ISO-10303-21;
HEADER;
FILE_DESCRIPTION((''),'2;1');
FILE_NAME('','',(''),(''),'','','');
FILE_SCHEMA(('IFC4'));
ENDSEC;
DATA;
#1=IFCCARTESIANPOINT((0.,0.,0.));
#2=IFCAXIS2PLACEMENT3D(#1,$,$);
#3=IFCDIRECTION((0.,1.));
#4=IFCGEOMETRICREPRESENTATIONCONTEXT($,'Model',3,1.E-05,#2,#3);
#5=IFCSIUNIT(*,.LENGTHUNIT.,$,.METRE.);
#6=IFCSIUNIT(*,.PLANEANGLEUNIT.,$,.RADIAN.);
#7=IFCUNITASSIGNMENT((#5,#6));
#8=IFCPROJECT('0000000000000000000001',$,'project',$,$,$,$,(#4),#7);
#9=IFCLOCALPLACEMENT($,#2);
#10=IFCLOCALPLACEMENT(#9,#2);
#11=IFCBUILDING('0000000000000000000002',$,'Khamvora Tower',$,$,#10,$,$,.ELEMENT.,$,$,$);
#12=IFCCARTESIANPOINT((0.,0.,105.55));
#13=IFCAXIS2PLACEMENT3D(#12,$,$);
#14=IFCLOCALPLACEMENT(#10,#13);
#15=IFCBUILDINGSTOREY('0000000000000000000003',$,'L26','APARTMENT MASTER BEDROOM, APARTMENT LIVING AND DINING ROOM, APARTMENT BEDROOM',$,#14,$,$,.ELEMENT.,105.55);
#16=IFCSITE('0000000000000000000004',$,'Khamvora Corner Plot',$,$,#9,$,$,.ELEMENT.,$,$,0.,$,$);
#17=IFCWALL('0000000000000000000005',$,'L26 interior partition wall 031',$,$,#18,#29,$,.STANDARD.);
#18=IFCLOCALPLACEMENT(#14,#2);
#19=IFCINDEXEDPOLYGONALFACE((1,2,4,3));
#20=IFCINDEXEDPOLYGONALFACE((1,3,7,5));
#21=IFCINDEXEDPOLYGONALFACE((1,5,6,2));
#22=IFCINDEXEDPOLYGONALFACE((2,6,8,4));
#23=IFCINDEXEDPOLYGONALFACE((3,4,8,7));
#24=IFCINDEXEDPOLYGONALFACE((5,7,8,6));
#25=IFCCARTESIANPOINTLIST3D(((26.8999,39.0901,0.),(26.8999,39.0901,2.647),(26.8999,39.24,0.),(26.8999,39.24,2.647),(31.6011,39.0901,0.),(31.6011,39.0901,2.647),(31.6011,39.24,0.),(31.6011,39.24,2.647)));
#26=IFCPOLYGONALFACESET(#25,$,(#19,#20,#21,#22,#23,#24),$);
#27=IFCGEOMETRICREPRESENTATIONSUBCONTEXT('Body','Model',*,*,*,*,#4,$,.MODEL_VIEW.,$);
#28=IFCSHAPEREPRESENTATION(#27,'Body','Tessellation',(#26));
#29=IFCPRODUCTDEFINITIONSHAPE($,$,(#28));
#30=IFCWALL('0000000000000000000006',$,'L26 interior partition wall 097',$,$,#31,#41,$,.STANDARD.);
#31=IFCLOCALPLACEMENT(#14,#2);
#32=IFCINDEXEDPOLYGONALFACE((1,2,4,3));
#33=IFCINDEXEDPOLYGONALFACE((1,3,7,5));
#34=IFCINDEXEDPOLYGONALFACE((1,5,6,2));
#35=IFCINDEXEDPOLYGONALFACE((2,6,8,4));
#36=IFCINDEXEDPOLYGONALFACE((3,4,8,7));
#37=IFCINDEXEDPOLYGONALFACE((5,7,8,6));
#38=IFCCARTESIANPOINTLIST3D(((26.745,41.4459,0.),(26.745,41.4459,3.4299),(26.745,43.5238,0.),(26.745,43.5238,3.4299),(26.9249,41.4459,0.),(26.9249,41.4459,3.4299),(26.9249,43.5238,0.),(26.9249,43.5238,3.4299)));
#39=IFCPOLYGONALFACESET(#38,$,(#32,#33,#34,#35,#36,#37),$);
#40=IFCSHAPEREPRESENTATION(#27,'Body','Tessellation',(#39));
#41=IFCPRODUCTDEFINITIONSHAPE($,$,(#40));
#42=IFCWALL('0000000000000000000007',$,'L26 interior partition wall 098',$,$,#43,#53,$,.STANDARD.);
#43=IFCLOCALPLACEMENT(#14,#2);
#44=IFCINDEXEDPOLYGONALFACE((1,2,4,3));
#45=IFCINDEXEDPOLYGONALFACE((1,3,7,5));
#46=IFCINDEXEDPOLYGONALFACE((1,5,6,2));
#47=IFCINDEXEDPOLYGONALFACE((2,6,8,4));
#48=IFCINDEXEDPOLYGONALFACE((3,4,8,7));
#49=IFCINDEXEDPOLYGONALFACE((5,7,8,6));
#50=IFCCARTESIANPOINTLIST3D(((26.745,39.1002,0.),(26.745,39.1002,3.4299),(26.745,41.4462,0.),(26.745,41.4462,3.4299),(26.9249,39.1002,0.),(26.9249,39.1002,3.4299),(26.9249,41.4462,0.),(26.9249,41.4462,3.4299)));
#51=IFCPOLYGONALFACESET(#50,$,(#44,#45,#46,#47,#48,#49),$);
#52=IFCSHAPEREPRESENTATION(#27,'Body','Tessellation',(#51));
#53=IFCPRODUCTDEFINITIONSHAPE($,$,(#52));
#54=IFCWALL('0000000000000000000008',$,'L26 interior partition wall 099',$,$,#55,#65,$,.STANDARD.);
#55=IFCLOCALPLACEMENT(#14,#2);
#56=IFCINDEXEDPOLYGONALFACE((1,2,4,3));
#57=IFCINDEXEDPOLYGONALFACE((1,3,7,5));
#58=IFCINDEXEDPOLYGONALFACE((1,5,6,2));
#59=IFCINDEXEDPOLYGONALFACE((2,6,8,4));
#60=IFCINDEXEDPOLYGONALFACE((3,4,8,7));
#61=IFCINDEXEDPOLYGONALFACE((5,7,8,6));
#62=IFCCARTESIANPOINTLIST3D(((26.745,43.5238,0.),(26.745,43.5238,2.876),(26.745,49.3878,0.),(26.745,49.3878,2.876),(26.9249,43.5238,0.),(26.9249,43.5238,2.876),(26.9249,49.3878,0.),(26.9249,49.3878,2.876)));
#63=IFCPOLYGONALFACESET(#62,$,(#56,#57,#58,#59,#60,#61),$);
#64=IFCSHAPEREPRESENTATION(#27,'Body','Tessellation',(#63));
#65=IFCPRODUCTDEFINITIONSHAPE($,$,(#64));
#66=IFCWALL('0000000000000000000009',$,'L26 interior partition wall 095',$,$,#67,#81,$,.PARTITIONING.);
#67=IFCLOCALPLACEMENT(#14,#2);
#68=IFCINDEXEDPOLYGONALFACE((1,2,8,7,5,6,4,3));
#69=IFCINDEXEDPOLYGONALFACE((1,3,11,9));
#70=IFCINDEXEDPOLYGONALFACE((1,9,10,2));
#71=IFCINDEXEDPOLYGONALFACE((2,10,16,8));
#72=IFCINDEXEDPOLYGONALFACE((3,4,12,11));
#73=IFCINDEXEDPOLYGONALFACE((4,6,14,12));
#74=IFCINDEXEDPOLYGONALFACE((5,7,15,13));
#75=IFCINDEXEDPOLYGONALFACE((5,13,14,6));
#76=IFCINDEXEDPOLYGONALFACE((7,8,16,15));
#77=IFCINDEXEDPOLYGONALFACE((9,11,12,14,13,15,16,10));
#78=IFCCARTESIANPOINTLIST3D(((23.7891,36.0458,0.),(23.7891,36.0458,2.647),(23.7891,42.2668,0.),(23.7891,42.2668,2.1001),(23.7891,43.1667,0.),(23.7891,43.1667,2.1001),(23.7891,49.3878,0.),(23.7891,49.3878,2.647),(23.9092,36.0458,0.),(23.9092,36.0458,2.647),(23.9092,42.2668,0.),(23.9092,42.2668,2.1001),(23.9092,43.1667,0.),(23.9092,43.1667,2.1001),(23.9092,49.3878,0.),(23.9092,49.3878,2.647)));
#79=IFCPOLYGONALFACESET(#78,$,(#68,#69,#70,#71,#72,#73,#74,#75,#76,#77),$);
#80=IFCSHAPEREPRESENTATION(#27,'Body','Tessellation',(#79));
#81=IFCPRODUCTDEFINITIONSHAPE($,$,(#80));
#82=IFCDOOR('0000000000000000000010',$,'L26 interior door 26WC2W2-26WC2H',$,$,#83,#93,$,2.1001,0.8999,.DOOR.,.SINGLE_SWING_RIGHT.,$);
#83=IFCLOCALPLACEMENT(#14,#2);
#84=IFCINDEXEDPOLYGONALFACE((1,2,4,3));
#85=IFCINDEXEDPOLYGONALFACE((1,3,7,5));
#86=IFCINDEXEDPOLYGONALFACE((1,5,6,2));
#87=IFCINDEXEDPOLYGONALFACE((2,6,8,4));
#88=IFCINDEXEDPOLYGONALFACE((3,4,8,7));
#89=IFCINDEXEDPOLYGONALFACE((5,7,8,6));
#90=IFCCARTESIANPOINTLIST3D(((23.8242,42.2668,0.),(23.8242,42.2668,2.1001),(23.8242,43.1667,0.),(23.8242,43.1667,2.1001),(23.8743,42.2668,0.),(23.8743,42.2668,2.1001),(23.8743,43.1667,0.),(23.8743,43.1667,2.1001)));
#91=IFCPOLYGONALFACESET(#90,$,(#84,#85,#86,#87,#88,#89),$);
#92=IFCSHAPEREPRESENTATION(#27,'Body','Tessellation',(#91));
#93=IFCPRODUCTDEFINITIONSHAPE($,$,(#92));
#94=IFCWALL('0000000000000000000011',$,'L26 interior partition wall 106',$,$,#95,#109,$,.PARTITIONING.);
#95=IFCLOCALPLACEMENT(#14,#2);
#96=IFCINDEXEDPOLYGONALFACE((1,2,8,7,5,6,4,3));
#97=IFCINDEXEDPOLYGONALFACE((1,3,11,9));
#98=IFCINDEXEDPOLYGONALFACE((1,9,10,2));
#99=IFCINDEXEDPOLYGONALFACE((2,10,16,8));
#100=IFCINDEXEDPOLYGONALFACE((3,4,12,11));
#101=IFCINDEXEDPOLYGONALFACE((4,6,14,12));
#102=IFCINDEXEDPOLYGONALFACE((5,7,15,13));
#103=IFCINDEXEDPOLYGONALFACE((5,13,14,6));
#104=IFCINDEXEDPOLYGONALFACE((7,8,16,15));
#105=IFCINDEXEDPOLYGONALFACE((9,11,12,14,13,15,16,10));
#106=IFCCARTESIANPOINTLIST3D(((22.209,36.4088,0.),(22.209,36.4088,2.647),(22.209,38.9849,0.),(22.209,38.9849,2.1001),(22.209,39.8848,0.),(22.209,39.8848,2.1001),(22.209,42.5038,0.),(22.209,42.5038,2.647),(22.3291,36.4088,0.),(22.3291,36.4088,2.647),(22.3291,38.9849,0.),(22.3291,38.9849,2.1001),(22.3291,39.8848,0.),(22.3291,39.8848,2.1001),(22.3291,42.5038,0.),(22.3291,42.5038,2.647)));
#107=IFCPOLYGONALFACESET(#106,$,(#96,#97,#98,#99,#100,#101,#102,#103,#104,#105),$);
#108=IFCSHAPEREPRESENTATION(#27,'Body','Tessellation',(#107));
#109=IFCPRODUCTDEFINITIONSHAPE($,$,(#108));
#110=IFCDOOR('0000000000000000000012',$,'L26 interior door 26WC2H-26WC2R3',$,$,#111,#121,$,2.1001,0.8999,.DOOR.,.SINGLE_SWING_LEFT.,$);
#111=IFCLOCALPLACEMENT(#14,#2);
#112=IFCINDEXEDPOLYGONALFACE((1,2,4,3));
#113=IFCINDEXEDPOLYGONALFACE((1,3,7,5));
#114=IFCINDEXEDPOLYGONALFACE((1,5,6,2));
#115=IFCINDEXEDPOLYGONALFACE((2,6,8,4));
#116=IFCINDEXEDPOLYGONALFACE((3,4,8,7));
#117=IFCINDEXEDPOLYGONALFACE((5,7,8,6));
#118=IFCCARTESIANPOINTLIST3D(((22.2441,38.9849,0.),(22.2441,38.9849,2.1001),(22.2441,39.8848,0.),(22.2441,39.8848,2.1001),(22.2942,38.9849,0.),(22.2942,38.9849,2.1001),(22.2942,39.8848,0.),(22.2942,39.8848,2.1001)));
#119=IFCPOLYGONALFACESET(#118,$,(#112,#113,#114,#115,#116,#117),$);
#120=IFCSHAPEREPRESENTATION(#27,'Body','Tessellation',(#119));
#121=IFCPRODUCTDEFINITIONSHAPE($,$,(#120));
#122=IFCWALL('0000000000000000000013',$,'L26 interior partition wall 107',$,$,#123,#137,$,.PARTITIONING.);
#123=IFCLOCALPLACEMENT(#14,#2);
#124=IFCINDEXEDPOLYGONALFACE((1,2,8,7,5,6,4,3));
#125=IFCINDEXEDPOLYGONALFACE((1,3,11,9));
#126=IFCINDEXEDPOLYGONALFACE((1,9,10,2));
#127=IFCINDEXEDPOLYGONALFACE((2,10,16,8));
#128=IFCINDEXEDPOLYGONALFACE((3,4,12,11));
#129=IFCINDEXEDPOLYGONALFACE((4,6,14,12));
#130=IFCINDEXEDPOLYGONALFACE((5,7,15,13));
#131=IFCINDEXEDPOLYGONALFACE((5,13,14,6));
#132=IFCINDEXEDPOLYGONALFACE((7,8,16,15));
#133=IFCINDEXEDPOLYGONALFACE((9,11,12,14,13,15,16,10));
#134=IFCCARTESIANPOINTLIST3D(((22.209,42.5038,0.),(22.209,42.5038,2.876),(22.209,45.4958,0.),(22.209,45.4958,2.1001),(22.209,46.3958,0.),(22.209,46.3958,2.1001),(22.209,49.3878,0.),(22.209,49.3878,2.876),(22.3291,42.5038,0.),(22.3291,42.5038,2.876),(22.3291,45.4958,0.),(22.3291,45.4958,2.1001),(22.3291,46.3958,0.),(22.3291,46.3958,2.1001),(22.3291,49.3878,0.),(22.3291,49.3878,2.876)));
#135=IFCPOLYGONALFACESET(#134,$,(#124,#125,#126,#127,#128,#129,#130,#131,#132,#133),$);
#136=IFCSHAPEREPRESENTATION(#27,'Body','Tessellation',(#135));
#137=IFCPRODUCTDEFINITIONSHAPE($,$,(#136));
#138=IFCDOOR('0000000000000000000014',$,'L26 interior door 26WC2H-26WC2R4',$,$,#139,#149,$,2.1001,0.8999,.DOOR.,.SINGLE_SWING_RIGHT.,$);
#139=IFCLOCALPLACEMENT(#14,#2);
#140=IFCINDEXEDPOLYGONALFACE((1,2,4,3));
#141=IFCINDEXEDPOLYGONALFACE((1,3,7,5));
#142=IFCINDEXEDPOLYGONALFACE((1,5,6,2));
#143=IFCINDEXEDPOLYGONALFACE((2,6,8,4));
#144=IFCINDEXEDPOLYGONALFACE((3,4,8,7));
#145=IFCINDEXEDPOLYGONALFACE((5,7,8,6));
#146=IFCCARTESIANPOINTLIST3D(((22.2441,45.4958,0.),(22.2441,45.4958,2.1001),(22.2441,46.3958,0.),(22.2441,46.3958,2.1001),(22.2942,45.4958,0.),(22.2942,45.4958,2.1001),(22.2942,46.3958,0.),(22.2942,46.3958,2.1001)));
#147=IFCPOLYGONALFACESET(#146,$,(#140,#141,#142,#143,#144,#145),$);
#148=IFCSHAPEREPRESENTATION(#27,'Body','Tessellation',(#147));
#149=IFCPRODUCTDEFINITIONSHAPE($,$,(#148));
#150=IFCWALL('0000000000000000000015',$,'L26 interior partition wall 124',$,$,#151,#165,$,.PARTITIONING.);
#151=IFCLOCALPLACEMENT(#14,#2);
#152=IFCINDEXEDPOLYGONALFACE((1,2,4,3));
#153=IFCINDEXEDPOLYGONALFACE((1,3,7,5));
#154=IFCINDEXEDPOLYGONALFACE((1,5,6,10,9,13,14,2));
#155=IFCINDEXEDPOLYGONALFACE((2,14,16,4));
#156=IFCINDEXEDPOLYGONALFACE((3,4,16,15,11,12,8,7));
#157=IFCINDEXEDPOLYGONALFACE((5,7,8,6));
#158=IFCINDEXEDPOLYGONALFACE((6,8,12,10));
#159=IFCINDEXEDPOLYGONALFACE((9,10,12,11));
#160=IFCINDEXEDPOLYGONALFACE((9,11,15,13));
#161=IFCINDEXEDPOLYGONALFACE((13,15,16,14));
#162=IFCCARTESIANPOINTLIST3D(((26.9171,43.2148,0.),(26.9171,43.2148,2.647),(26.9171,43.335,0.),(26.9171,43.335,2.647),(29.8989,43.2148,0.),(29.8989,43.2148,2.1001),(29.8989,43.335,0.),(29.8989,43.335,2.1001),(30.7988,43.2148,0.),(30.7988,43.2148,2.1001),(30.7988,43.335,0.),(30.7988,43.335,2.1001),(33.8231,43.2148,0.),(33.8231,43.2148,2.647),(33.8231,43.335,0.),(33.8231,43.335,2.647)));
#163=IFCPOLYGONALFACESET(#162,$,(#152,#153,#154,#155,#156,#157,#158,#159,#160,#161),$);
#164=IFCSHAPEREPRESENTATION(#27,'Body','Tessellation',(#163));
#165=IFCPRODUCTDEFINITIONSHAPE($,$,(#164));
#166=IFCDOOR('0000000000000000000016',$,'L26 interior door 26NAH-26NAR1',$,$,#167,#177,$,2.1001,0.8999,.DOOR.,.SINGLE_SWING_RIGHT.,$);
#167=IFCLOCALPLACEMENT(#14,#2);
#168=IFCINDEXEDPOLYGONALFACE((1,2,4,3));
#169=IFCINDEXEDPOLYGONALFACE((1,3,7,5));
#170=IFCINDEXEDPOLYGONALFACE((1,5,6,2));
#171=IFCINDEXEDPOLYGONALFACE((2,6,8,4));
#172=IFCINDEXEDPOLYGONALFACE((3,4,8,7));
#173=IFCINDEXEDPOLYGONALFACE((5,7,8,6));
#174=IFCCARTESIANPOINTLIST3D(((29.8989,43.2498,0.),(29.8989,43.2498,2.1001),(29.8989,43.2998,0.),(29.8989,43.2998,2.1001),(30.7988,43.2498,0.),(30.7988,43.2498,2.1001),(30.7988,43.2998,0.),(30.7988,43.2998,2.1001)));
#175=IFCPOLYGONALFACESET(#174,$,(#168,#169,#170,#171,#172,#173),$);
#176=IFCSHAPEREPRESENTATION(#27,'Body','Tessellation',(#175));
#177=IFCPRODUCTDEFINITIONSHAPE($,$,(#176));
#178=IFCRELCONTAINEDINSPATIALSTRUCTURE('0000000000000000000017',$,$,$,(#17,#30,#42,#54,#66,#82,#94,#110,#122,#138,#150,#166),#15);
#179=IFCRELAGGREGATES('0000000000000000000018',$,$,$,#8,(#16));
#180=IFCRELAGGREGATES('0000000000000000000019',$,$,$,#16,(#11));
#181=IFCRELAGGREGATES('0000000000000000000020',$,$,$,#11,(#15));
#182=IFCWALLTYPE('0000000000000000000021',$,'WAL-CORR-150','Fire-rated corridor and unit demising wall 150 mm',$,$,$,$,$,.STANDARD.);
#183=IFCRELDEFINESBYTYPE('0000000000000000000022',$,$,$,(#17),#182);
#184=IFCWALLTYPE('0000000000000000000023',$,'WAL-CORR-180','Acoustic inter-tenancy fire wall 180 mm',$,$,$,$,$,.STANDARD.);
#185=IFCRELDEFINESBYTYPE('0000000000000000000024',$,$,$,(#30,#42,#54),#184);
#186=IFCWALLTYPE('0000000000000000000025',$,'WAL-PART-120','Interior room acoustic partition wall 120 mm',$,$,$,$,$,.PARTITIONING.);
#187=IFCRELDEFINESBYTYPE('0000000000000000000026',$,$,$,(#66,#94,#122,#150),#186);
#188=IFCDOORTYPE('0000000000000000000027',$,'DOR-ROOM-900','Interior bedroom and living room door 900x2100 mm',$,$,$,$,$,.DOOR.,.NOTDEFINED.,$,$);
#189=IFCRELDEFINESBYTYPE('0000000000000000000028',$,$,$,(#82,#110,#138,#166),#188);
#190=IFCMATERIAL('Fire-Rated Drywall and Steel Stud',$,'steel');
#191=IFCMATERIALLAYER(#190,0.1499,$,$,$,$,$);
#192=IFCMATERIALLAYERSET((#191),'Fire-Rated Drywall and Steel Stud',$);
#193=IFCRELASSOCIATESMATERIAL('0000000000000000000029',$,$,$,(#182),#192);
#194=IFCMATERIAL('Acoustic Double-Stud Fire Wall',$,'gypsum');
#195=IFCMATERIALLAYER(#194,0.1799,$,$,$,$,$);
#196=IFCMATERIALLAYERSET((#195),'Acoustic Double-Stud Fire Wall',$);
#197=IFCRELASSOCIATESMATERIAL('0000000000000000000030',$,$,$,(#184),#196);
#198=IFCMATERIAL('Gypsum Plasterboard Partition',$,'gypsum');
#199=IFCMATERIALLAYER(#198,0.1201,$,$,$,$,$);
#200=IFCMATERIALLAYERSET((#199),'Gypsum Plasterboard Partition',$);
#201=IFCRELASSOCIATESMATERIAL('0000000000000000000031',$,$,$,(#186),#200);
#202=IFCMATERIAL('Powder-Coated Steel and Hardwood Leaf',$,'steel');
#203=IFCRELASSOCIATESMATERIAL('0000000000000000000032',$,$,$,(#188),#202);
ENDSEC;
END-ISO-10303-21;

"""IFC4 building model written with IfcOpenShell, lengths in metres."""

from ifc_helpers import new_model, si_unit, direction, frame, frame_2d, origin, place, context, subcontext, project, spatial, rectangle, extrude, material, layer, layer_set, type_object, element, fill, save


model = new_model("IFC4")

# Units and contexts
model_context = context("Model", 3, precision=1e-05, world=origin(), true_north=direction((0.0, 1.0)))
body_context = subcontext(model_context, "Body", "Model", "MODEL_VIEW")
ifc_project = project(units=[si_unit("LENGTHUNIT", "METRE"), si_unit("PLANEANGLEUNIT", "RADIAN")], contexts=[model_context])

# Site, building, storey
site_placement = place(None, origin())
site = spatial("IfcSite", under=ifc_project, at=site_placement, Name="Khamvora Corner Plot", CompositionType="ELEMENT", RefElevation=0.0)
building_placement = place(site_placement, origin())
building = spatial("IfcBuilding", under=site, at=building_placement, Name="Khamvora Tower", CompositionType="ELEMENT")
storey_placement = place(building_placement, frame((0.0, 0.0, 105.55)))
storey = spatial("IfcBuildingStorey", under=building, at=storey_placement, Name="L26", Description="APARTMENT MASTER BEDROOM, APARTMENT LIVING AND DINING ROOM, APARTMENT BEDROOM", CompositionType="ELEMENT", Elevation=105.55)

# Shared definitions
ifc_material_1 = material(Name="Powder-Coated Steel and Hardwood Leaf", Category="steel")
ifc_material_2 = material(Name="Fire-Rated Drywall and Steel Stud", Category="steel")
ifc_layer_1 = layer(ifc_material_2, 0.1499)
ifc_layer_set_1 = layer_set([ifc_layer_1], Name="Fire-Rated Drywall and Steel Stud")
wall_type_1 = type_object("IfcWallType", Name="WAL-CORR-150", Description="Fire-rated corridor and unit demising wall 150 mm", PredefinedType="STANDARD", material=ifc_layer_set_1)

# Walls
wall_1_placement = place(storey_placement, frame((26.8999, 39.165, 0.0), z_axis=(0.0, 0.0, 1.0), x_axis=(1.0, 0.0, 0.0)))
element("IfcWall", 1, at=wall_1_placement, inside=storey, type_object=wall_type_1, Name="L26 interior partition wall 031", PredefinedType="STANDARD", context=body_context, shape_type="SweptSolid", body=[
    extrude(rectangle(XDim=4.7012, YDim=0.1499, at=frame_2d((2.3506, 0.0))), origin(), (0.0, 0.0, 1.0), 2.647),
])
ifc_material_3 = material(Name="Acoustic Double-Stud Fire Wall", Category="gypsum")
ifc_layer_2 = layer(ifc_material_3, 0.1799)
ifc_layer_set_2 = layer_set([ifc_layer_2], Name="Acoustic Double-Stud Fire Wall")
wall_type_2 = type_object("IfcWallType", Name="WAL-CORR-180", Description="Acoustic inter-tenancy fire wall 180 mm", PredefinedType="STANDARD", material=ifc_layer_set_2)
wall_2_placement = place(storey_placement, frame((26.835, 43.5239, 0.0), z_axis=(0.0, 0.0, 1.0), x_axis=(0.0, -1.0, 0.0)))
element("IfcWall", 2, at=wall_2_placement, inside=storey, type_object=wall_type_2, Name="L26 interior partition wall 097", PredefinedType="STANDARD", context=body_context, shape_type="SweptSolid", body=[
    extrude(rectangle(XDim=2.0779, YDim=0.1799, at=frame_2d((1.0391, 0.0))), origin(), (0.0, 0.0, 1.0), 3.4299),
])
wall_3_placement = place(storey_placement, frame((26.835, 41.446, 0.0), z_axis=(0.0, 0.0, 1.0), x_axis=(0.0, -1.0, 0.0)))
element("IfcWall", 3, at=wall_3_placement, inside=storey, type_object=wall_type_2, Name="L26 interior partition wall 098", PredefinedType="STANDARD", context=body_context, shape_type="SweptSolid", body=[
    extrude(rectangle(XDim=2.3459, YDim=0.1799, at=frame_2d((1.1729, 0.0))), origin(), (0.0, 0.0, 1.0), 3.4299),
])
wall_4_placement = place(storey_placement, frame((26.835, 49.3879, 0.0), z_axis=(0.0, 0.0, 1.0), x_axis=(0.0, -1.0, 0.0)))
element("IfcWall", 4, at=wall_4_placement, inside=storey, type_object=wall_type_2, Name="L26 interior partition wall 099", PredefinedType="STANDARD", context=body_context, shape_type="SweptSolid", body=[
    extrude(rectangle(XDim=5.864, YDim=0.1799, at=frame_2d((2.9321, 0.0))), origin(), (0.0, 0.0, 1.0), 2.876),
])

# Walls, openings, doors
ifc_material_4 = material(Name="Gypsum Plasterboard Partition", Category="gypsum")
ifc_layer_3 = layer(ifc_material_4, 0.1201)
ifc_layer_set_3 = layer_set([ifc_layer_3], Name="Gypsum Plasterboard Partition")
wall_type_3 = type_object("IfcWallType", Name="WAL-PART-120", Description="Interior room acoustic partition wall 120 mm", PredefinedType="PARTITIONING", material=ifc_layer_set_3)
wall_5_placement = place(storey_placement, frame((23.8491, 36.0459, 0.0), z_axis=(0.0, 0.0, 1.0), x_axis=(0.0, 1.0, 0.0)))
wall_5 = element("IfcWall", 5, at=wall_5_placement, inside=storey, type_object=wall_type_3, Name="L26 interior partition wall 095", PredefinedType="PARTITIONING", context=body_context, shape_type="SweptSolid", body=[
    extrude(rectangle(XDim=13.342, YDim=0.1201, at=frame_2d((6.6709, 0.0))), origin(), (0.0, 0.0, 1.0), 2.647),
])
opening_1_placement = place(wall_5_placement, frame((6.2209, 0.0, 0.0)))
opening_1 = element("IfcOpeningElement", 6, at=opening_1_placement, cuts=wall_5, PredefinedType="OPENING", context=body_context, shape_type="SweptSolid", body=[
    extrude(rectangle(XDim=0.8999, YDim=2.1001, at=frame_2d((0.45, 1.05))), frame((0.0, 0.0701, 0.0), z_axis=(0.0, -1.0, 0.0), x_axis=(1.0, 0.0, 0.0)), (0.0, 0.0, 1.0), 0.1401),
])
door_type_1 = type_object("IfcDoorType", Name="DOR-ROOM-900", Description="Interior bedroom and living room door 900x2100 mm", OperationType="NOTDEFINED", PredefinedType="DOOR", material=ifc_material_1)
door_1_placement = place(opening_1_placement, origin())
door_1 = element("IfcDoor", 7, at=door_1_placement, inside=storey, type_object=door_type_1, Name="L26 interior door 26WC2W2-26WC2H", OperationType="SINGLE_SWING_RIGHT", OverallHeight=2.1001, OverallWidth=0.8999, PredefinedType="DOOR", context=body_context, shape_type="SweptSolid", body=[
    extrude(rectangle(XDim=0.8999, YDim=2.1001, at=frame_2d((0.45, 1.05))), frame((0.0, 0.0249, 0.0), z_axis=(0.0, -1.0, 0.0), x_axis=(1.0, 0.0, 0.0)), (0.0, 0.0, 1.0), 0.05),
])
fill(opening_1, door_1)
wall_6_placement = place(storey_placement, frame((22.269, 36.4089, 0.0), z_axis=(0.0, 0.0, 1.0), x_axis=(0.0, 1.0, 0.0)))
wall_6 = element("IfcWall", 8, at=wall_6_placement, inside=storey, type_object=wall_type_3, Name="L26 interior partition wall 106", PredefinedType="PARTITIONING", context=body_context, shape_type="SweptSolid", body=[
    extrude(rectangle(XDim=6.095, YDim=0.1201, at=frame_2d((3.0474, 0.0))), origin(), (0.0, 0.0, 1.0), 2.647),
])
opening_2_placement = place(wall_6_placement, frame((2.5759, 0.0, 0.0)))
opening_2 = element("IfcOpeningElement", 9, at=opening_2_placement, cuts=wall_6, PredefinedType="OPENING", context=body_context, shape_type="SweptSolid", body=[
    extrude(rectangle(XDim=0.8999, YDim=2.1001, at=frame_2d((0.45, 1.05))), frame((0.0, 0.0701, 0.0), z_axis=(0.0, -1.0, 0.0), x_axis=(1.0, 0.0, 0.0)), (0.0, 0.0, 1.0), 0.1401),
])
door_2_placement = place(opening_2_placement, origin())
door_2 = element("IfcDoor", 10, at=door_2_placement, inside=storey, type_object=door_type_1, Name="L26 interior door 26WC2H-26WC2R3", OperationType="SINGLE_SWING_LEFT", OverallHeight=2.1001, OverallWidth=0.8999, PredefinedType="DOOR", context=body_context, shape_type="SweptSolid", body=[
    extrude(rectangle(XDim=0.8999, YDim=2.1001, at=frame_2d((0.45, 1.05))), frame((0.0, 0.0249, 0.0), z_axis=(0.0, -1.0, 0.0), x_axis=(1.0, 0.0, 0.0)), (0.0, 0.0, 1.0), 0.05),
])
fill(opening_2, door_2)
wall_7_placement = place(storey_placement, frame((22.269, 42.5039, 0.0), z_axis=(0.0, 0.0, 1.0), x_axis=(0.0, 1.0, 0.0)))
wall_7 = element("IfcWall", 11, at=wall_7_placement, inside=storey, type_object=wall_type_3, Name="L26 interior partition wall 107", PredefinedType="PARTITIONING", context=body_context, shape_type="SweptSolid", body=[
    extrude(rectangle(XDim=6.884, YDim=0.1201, at=frame_2d((3.4419, 0.0))), origin(), (0.0, 0.0, 1.0), 2.876),
])
opening_3_placement = place(wall_7_placement, frame((2.9919, 0.0, 0.0)))
opening_3 = element("IfcOpeningElement", 12, at=opening_3_placement, cuts=wall_7, PredefinedType="OPENING", context=body_context, shape_type="SweptSolid", body=[
    extrude(rectangle(XDim=0.8999, YDim=2.1001, at=frame_2d((0.45, 1.05))), frame((0.0, 0.0701, 0.0), z_axis=(0.0, -1.0, 0.0), x_axis=(1.0, 0.0, 0.0)), (0.0, 0.0, 1.0), 0.1401),
])
door_3_placement = place(opening_3_placement, origin())
door_3 = element("IfcDoor", 13, at=door_3_placement, inside=storey, type_object=door_type_1, Name="L26 interior door 26WC2H-26WC2R4", OperationType="SINGLE_SWING_RIGHT", OverallHeight=2.1001, OverallWidth=0.8999, PredefinedType="DOOR", context=body_context, shape_type="SweptSolid", body=[
    extrude(rectangle(XDim=0.8999, YDim=2.1001, at=frame_2d((0.45, 1.05))), frame((0.0, 0.0249, 0.0), z_axis=(0.0, -1.0, 0.0), x_axis=(1.0, 0.0, 0.0)), (0.0, 0.0, 1.0), 0.05),
])
fill(opening_3, door_3)
wall_8_placement = place(storey_placement, frame((26.917, 43.2749, 0.0), z_axis=(0.0, 0.0, 1.0), x_axis=(1.0, 0.0, 0.0)))
wall_8 = element("IfcWall", 14, at=wall_8_placement, inside=storey, type_object=wall_type_3, Name="L26 interior partition wall 124", PredefinedType="PARTITIONING", context=body_context, shape_type="SweptSolid", body=[
    extrude(rectangle(XDim=6.906, YDim=0.1201, at=frame_2d((3.4531, 0.0))), origin(), (0.0, 0.0, 1.0), 2.647),
])
opening_4_placement = place(wall_8_placement, frame((2.9819, 0.0, 0.0)))
opening_4 = element("IfcOpeningElement", 15, at=opening_4_placement, cuts=wall_8, PredefinedType="OPENING", context=body_context, shape_type="SweptSolid", body=[
    extrude(rectangle(XDim=0.8999, YDim=2.1001, at=frame_2d((0.45, 1.05))), frame((0.0, 0.0701, 0.0), z_axis=(0.0, -1.0, 0.0), x_axis=(1.0, 0.0, 0.0)), (0.0, 0.0, 1.0), 0.1401),
])
door_4_placement = place(opening_4_placement, origin())
door_4 = element("IfcDoor", 16, at=door_4_placement, inside=storey, type_object=door_type_1, Name="L26 interior door 26NAH-26NAR1", OperationType="SINGLE_SWING_RIGHT", OverallHeight=2.1001, OverallWidth=0.8999, PredefinedType="DOOR", context=body_context, shape_type="SweptSolid", body=[
    extrude(rectangle(XDim=0.8999, YDim=2.1001, at=frame_2d((0.45, 1.05))), frame((0.0, 0.0249, 0.0), z_axis=(0.0, -1.0, 0.0), x_axis=(1.0, 0.0, 0.0)), (0.0, 0.0, 1.0), 0.05),
])
fill(opening_4, door_4)

save(model, "model.ifc")
